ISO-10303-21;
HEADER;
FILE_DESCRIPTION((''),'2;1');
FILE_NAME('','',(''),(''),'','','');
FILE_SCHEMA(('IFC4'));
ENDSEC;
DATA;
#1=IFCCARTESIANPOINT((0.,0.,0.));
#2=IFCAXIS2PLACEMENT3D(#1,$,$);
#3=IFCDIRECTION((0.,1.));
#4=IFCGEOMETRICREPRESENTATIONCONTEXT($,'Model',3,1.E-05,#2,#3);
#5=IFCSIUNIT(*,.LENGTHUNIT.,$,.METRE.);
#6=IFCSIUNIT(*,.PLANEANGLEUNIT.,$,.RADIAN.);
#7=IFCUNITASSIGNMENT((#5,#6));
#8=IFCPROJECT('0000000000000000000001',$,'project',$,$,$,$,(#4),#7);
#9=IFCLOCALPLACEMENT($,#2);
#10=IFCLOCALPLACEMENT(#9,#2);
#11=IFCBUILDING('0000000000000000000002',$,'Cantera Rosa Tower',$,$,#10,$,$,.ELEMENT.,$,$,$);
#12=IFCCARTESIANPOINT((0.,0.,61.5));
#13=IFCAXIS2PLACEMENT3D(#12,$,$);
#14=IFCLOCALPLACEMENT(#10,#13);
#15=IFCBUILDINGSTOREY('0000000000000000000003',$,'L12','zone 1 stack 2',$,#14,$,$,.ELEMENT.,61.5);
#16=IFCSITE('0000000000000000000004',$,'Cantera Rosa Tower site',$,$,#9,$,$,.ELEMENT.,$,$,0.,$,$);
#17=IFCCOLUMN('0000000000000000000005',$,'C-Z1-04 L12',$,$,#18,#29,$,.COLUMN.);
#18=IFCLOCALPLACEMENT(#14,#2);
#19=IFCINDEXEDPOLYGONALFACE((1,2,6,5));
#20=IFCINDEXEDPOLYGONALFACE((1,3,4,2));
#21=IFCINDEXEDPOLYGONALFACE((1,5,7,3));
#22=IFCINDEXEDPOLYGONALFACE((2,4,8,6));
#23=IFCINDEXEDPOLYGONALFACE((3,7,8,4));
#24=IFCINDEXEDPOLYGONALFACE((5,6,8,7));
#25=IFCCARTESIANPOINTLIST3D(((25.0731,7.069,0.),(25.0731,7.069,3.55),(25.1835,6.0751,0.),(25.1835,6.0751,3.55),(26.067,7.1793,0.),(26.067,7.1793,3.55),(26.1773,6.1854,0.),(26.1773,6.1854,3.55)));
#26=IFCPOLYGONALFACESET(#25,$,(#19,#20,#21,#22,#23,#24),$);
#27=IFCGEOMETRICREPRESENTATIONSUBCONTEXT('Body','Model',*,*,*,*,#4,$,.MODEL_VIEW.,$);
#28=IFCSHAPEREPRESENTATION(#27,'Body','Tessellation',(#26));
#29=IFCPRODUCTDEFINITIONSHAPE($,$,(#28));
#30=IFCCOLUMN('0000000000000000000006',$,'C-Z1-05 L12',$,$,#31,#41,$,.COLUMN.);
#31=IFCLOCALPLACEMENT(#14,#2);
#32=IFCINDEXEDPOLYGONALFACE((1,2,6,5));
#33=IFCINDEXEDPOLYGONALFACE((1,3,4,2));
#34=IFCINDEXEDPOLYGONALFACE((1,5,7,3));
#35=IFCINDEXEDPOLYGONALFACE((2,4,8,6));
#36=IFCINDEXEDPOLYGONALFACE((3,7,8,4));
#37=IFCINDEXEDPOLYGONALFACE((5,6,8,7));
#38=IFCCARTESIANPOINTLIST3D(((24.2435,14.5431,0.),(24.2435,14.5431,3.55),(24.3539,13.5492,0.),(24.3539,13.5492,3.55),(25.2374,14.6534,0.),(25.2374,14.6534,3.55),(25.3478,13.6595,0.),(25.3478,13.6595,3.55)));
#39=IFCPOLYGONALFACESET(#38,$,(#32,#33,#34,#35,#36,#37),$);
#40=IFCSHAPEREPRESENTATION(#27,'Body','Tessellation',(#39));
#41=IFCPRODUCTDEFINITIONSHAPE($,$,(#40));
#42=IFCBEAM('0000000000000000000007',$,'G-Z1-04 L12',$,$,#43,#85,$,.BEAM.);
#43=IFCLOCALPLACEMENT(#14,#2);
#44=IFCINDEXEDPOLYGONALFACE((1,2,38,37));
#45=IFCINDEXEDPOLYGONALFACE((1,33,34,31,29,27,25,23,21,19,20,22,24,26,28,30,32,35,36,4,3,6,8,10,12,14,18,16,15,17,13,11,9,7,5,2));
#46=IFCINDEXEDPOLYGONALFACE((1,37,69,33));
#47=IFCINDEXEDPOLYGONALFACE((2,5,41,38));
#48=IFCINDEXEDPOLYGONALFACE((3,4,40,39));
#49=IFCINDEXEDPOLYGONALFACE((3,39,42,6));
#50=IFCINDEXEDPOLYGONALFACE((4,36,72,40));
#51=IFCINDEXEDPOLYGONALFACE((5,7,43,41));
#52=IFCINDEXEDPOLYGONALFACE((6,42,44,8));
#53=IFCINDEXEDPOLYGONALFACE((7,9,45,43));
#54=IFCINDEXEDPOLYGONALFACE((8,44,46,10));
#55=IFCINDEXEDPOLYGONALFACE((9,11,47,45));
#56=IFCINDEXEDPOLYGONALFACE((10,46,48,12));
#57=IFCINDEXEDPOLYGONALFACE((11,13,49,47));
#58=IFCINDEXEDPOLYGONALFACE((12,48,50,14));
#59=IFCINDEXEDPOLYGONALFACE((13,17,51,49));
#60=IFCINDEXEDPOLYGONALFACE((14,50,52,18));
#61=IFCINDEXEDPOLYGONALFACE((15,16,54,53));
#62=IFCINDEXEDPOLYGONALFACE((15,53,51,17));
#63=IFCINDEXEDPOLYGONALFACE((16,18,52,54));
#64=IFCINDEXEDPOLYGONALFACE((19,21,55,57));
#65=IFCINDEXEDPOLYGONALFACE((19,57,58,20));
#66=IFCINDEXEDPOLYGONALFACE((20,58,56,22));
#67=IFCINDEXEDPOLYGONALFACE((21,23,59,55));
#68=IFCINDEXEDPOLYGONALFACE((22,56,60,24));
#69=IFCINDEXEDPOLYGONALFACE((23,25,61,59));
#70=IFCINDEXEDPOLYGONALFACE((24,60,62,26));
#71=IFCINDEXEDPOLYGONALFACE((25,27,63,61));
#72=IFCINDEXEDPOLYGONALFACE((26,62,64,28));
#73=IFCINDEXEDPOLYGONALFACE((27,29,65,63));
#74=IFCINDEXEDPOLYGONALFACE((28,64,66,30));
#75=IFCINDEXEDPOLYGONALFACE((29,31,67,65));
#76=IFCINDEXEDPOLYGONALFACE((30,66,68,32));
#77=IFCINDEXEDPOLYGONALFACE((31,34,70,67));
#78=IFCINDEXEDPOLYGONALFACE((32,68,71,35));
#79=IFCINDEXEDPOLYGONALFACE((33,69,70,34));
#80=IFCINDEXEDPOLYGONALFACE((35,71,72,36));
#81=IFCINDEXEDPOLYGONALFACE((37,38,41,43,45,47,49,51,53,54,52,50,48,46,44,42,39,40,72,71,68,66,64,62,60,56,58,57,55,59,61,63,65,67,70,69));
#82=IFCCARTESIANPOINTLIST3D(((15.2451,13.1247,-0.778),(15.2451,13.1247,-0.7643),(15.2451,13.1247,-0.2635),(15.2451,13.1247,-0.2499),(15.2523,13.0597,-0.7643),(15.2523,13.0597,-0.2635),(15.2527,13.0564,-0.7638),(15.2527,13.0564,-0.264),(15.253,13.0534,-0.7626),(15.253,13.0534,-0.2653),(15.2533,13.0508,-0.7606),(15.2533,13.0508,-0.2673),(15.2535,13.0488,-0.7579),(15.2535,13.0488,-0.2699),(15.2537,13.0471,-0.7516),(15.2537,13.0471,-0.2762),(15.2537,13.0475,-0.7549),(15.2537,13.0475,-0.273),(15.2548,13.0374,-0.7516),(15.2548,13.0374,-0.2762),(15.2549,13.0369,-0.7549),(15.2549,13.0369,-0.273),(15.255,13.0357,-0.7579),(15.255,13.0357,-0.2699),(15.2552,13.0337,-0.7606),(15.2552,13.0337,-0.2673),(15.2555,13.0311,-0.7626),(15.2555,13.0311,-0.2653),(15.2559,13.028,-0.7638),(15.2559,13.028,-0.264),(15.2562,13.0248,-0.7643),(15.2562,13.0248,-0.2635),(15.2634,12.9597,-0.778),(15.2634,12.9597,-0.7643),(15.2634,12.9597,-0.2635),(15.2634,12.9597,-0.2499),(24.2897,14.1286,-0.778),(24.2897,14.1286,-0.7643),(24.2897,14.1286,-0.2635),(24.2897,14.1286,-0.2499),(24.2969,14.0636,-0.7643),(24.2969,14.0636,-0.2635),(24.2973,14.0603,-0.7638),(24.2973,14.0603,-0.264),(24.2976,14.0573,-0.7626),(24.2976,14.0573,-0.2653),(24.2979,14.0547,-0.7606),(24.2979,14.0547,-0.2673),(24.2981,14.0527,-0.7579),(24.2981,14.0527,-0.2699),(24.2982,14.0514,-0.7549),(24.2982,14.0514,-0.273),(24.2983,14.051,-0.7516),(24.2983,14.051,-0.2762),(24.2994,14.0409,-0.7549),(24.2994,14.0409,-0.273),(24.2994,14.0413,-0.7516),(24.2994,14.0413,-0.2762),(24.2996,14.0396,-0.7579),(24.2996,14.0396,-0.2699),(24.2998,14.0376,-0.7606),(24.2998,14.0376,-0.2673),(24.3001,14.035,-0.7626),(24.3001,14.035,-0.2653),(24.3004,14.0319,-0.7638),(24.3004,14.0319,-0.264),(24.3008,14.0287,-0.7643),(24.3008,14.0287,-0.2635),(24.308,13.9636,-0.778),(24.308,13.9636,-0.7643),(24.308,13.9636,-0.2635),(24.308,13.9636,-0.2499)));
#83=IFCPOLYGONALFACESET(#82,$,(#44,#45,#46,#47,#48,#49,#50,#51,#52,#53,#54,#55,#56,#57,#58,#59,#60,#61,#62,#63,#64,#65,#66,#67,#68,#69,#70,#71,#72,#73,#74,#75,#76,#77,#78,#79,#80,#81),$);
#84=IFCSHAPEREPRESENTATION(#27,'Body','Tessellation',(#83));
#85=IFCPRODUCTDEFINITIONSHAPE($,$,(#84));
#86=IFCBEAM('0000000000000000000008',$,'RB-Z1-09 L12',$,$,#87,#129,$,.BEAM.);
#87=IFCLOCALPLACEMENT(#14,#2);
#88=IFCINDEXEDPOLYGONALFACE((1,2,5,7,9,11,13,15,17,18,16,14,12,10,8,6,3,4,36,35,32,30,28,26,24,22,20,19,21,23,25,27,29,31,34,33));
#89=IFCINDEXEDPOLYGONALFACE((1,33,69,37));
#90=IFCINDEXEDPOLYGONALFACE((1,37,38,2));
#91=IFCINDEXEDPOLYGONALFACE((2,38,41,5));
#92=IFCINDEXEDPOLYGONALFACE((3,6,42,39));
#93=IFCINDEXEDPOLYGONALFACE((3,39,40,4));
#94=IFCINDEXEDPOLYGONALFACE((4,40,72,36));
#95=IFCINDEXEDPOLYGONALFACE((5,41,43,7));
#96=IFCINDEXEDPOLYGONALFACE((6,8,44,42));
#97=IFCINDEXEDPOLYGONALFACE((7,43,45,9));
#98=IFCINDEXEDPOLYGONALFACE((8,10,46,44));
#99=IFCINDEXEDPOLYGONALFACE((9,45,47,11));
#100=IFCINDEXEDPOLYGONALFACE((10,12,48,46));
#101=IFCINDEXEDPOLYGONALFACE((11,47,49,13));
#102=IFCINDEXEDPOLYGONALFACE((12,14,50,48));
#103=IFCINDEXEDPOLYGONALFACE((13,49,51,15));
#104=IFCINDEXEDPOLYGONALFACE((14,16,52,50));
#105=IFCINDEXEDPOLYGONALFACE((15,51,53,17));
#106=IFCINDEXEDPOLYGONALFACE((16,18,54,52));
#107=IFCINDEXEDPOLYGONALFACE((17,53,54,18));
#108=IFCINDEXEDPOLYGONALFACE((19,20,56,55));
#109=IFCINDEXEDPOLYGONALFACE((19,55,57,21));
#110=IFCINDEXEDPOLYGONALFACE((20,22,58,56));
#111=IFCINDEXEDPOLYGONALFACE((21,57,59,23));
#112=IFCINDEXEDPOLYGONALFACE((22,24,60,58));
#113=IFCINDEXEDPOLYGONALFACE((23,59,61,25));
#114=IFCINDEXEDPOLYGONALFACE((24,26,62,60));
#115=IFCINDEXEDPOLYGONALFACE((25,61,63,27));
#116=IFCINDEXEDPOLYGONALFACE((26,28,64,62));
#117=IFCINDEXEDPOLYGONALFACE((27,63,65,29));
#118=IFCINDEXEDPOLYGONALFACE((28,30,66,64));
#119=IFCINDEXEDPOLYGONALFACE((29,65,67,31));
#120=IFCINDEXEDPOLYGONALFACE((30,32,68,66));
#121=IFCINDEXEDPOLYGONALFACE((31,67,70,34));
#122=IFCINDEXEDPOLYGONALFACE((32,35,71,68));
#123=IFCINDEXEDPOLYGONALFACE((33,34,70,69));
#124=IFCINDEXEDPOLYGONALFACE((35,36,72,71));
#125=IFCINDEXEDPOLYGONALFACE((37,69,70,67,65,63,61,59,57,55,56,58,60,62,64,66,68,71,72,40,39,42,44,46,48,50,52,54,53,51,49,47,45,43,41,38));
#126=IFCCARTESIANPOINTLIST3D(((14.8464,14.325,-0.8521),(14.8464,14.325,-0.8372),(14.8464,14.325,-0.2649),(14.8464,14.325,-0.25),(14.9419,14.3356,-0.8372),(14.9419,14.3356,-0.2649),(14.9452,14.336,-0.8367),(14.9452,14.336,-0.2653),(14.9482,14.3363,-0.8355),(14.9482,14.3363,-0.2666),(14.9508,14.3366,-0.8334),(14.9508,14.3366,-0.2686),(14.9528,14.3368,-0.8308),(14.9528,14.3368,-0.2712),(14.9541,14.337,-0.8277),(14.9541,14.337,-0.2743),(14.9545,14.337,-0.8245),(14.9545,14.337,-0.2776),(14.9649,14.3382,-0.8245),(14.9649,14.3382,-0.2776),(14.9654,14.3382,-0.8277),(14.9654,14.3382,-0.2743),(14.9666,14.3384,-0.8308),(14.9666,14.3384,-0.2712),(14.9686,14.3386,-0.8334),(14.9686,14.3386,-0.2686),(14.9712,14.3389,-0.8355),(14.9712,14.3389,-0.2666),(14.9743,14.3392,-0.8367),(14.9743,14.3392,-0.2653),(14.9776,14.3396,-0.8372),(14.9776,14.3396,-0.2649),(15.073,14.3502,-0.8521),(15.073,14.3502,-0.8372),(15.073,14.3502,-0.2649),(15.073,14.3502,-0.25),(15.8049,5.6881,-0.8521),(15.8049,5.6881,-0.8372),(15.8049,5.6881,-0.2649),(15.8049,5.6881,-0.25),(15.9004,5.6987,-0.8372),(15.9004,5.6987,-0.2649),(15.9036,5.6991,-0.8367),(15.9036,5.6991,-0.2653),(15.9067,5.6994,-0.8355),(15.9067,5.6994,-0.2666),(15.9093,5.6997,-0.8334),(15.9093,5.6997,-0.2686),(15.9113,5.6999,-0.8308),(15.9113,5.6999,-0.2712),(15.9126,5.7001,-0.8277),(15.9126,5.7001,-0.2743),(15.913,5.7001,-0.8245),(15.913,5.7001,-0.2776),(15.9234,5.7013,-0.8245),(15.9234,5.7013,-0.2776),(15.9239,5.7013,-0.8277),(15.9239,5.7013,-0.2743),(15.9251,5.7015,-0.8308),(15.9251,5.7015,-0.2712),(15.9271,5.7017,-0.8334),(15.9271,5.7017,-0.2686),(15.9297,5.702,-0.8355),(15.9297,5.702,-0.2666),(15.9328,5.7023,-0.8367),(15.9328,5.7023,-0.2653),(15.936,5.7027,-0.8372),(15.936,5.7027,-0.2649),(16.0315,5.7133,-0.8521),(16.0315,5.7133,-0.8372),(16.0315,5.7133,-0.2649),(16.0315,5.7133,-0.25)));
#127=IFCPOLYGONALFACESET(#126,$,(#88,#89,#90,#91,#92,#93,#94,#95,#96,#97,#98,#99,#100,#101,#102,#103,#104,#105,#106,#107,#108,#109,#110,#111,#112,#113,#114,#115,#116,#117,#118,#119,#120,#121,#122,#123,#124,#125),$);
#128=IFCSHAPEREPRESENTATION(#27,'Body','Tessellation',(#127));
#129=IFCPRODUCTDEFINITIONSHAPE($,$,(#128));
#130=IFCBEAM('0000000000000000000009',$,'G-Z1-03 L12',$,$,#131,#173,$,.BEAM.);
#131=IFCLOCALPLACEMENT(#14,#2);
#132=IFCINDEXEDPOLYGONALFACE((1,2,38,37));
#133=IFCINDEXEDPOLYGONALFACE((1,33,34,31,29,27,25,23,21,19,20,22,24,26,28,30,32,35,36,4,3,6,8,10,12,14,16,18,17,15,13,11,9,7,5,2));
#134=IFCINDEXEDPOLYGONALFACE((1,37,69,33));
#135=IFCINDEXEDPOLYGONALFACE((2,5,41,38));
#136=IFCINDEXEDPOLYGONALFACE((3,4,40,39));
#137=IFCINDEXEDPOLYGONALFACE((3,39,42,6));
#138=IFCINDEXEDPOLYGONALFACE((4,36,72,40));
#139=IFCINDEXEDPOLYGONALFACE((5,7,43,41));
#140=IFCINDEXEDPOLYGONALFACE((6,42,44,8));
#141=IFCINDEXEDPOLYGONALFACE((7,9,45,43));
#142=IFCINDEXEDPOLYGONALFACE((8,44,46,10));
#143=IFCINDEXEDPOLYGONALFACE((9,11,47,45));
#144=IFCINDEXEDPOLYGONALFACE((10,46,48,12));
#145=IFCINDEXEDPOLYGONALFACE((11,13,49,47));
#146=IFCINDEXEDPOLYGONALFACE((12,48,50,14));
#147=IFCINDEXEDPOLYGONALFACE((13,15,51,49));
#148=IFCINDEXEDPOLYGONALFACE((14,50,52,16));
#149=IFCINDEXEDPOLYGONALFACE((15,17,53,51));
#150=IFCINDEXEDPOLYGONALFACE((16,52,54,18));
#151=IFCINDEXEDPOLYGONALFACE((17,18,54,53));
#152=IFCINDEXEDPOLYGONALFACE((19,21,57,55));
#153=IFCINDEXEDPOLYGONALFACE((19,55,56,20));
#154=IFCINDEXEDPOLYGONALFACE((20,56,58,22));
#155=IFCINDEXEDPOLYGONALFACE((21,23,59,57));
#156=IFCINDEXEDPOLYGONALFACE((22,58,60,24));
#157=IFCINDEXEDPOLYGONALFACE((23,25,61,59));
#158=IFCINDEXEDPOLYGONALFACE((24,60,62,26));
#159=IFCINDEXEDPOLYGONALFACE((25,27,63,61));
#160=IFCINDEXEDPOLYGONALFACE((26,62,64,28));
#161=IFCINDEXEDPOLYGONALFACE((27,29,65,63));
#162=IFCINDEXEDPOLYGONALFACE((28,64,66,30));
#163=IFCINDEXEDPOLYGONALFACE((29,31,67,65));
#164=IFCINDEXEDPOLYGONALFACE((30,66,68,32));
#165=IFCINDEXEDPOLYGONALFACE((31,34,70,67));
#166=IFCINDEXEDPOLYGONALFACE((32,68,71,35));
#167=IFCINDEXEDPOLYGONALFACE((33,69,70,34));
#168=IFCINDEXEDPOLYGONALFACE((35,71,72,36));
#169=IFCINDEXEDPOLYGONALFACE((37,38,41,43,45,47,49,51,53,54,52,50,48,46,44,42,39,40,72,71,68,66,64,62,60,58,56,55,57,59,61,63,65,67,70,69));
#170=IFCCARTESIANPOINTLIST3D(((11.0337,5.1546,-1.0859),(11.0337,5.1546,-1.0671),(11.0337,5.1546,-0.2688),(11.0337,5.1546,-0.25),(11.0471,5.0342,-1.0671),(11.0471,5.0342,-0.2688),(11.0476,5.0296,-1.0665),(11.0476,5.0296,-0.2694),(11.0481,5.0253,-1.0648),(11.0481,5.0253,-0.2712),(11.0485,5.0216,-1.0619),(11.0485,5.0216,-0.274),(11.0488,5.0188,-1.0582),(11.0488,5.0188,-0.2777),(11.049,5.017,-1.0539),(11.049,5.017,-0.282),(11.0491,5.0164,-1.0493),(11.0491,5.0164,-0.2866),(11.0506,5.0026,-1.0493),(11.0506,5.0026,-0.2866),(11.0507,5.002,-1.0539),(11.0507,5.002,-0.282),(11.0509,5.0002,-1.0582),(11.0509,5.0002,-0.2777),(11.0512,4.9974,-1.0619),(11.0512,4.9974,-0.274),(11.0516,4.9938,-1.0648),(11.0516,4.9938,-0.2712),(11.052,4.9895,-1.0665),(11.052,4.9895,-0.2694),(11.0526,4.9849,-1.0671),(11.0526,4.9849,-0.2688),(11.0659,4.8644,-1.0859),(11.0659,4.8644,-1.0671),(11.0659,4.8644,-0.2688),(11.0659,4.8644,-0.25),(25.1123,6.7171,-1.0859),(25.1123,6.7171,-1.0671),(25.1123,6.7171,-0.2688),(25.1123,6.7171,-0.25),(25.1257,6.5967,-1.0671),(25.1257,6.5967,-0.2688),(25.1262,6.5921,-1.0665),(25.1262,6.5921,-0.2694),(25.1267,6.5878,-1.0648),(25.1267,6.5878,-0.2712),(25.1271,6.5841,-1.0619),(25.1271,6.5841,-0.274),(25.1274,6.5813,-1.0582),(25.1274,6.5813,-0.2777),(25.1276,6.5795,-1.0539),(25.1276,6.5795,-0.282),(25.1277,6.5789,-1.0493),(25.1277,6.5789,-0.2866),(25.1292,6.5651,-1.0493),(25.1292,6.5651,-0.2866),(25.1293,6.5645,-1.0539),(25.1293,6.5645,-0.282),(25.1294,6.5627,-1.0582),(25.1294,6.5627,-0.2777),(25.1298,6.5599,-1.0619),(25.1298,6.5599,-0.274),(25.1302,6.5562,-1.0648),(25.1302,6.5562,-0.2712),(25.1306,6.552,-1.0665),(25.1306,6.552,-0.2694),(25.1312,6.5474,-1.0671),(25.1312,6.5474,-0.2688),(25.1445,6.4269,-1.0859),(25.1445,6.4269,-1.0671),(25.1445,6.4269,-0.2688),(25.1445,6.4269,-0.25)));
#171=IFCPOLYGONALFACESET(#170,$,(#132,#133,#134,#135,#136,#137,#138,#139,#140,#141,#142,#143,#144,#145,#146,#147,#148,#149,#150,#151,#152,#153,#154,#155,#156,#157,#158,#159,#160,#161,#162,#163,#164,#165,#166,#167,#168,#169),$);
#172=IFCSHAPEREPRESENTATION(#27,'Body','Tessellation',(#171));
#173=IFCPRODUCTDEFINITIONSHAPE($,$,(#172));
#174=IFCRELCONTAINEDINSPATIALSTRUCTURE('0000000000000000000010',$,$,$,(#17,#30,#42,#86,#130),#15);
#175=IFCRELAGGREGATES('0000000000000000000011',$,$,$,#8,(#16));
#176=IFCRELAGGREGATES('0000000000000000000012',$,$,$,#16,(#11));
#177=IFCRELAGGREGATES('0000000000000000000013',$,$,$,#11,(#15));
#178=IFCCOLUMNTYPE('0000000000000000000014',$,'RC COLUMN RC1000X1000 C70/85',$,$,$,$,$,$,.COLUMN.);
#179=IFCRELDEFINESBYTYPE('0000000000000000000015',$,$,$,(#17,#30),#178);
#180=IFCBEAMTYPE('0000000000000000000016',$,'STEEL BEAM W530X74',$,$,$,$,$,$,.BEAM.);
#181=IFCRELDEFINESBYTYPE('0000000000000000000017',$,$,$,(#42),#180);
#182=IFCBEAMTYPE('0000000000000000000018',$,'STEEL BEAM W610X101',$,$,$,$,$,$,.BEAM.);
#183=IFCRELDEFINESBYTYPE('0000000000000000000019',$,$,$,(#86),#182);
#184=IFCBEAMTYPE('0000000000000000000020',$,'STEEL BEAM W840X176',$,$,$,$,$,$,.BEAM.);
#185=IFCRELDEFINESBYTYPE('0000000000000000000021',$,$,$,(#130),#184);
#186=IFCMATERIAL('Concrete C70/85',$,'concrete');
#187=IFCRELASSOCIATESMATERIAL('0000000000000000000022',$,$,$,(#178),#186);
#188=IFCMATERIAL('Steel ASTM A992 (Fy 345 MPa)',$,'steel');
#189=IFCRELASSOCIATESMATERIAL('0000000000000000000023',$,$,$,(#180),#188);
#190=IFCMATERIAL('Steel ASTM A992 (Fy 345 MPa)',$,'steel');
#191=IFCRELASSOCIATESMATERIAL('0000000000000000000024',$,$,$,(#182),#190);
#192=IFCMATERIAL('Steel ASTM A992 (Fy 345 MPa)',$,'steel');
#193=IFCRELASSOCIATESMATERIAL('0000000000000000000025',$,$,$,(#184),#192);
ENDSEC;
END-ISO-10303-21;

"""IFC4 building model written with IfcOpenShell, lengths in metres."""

from ifc_helpers import new_model, si_unit, direction, frame, origin, origin_2d, place, context, subcontext, project, spatial, rectangle, i_section, extrude, material, material_profile, profile_set, type_object, element, save


model = new_model("IFC4")

# Units and contexts
model_context = context("Model", 3, precision=1e-05, world=origin(), true_north=direction((0.0, 1.0)))
body_context = subcontext(model_context, "Body", "Model", "MODEL_VIEW")
ifc_project = project(units=[si_unit("LENGTHUNIT", "METRE"), si_unit("PLANEANGLEUNIT", "RADIAN")], contexts=[model_context])

# Site, building, storey
site_placement = place(None, origin())
site = spatial("IfcSite", under=ifc_project, at=site_placement, Name="Cantera Rosa Tower site", CompositionType="ELEMENT", RefElevation=0.0)
building_placement = place(site_placement, origin())
building = spatial("IfcBuilding", under=site, at=building_placement, Name="Cantera Rosa Tower", CompositionType="ELEMENT")
storey_placement = place(building_placement, frame((0.0, 0.0, 61.5)))
storey = spatial("IfcBuildingStorey", under=building, at=storey_placement, Name="L12", Description="zone 1 stack 2", CompositionType="ELEMENT", Elevation=61.5)

# Columns
ifc_material_1 = material(Name="Concrete C70/85", Category="concrete")
ifc_material_profile_1 = material_profile(ifc_material_1, rectangle(XDim=1.0, YDim=1.0, at=origin_2d()), Name="RC COLUMN RC1000X1000 C70/85")
ifc_profile_set_1 = profile_set([ifc_material_profile_1], Name="Concrete C70/85")
column_type = type_object("IfcColumnType", Name="RC COLUMN RC1000X1000 C70/85", PredefinedType="COLUMN", material=ifc_profile_set_1)
for number, where, z_axis, x_axis, name in (
    (1, (25.6252, 6.6272, 0.0), (0.0, 0.0, 1.0), (0.993897, 0.110313, 0.0), "C-Z1-04 L12"),
    (2, (24.7957, 14.1013, 0.0), (0.0, 0.0, 1.0), (0.993897, 0.110313, 0.0), "C-Z1-05 L12"),
):
    element("IfcColumn", number, at=place(storey_placement, frame(where, z_axis=z_axis, x_axis=x_axis)), inside=storey, type_object=column_type, Name=name, PredefinedType="COLUMN", context=body_context, shape_type="SweptSolid", body=[
        extrude(rectangle(XDim=1.0, YDim=1.0, at=origin_2d()), origin(), (0.0, 0.0, 1.0), 3.55),
    ])

# Beams
ifc_material_2 = material(Name="Steel ASTM A992 (Fy 345 MPa)", Category="steel")
ifc_material_profile_2 = material_profile(ifc_material_2, i_section(OverallWidth=0.166, OverallDepth=0.5281, WebThickness=0.0098, FlangeThickness=0.0137, FilletRadius=0.0127, at=origin_2d()), Name="W530X74")
ifc_profile_set_2 = profile_set([ifc_material_profile_2], Name="Steel ASTM A992 (Fy 345 MPa)")
beam_type_1 = type_object("IfcBeamType", Name="STEEL BEAM W530X74", PredefinedType="BEAM", material=ifc_profile_set_2)
beam_1_placement = place(storey_placement, frame((24.2988, 14.0461, -0.5139), z_axis=(-0.993896, -0.11032, 0.0), x_axis=(0.11032, -0.993896, 0.0)))
element("IfcBeam", 3, at=beam_1_placement, inside=storey, type_object=beam_type_1, Name="G-Z1-04 L12", PredefinedType="BEAM", context=body_context, shape_type="SweptSolid", body=[
    extrude(i_section(OverallWidth=0.166, OverallDepth=0.5281, WebThickness=0.0098, FlangeThickness=0.0137, FilletRadius=0.0127, at=origin_2d()), origin(), (0.0, 0.0, 1.0), 9.1001),
])
ifc_material_3 = material(Name="Steel ASTM A992 (Fy 345 MPa)", Category="steel")
ifc_material_profile_3 = material_profile(ifc_material_3, i_section(OverallWidth=0.228, OverallDepth=0.6021, WebThickness=0.0105, FlangeThickness=0.0149, FilletRadius=0.0127, at=origin_2d()), Name="W610X101")
ifc_profile_set_3 = profile_set([ifc_material_profile_3], Name="Steel ASTM A992 (Fy 345 MPa)")
beam_type_2 = type_object("IfcBeamType", Name="STEEL BEAM W610X101", PredefinedType="BEAM", material=ifc_profile_set_3)
beam_2_placement = place(storey_placement, frame((15.9182, 5.7007, -0.551), z_axis=(-0.110299, 0.993898, 0.0), x_axis=(-0.993898, -0.110299, 0.0)))
element("IfcBeam", 4, at=beam_2_placement, inside=storey, type_object=beam_type_2, Name="RB-Z1-09 L12", PredefinedType="BEAM", context=body_context, shape_type="SweptSolid", body=[
    extrude(i_section(OverallWidth=0.228, OverallDepth=0.6021, WebThickness=0.0105, FlangeThickness=0.0149, FilletRadius=0.0127, at=origin_2d()), origin(), (0.0, 0.0, 1.0), 8.6899),
])
ifc_material_4 = material(Name="Steel ASTM A992 (Fy 345 MPa)", Category="steel")
ifc_material_profile_4 = material_profile(ifc_material_4, i_section(OverallWidth=0.292, OverallDepth=0.8359, WebThickness=0.0139, FlangeThickness=0.0188, FilletRadius=0.0178, at=origin_2d()), Name="W840X176")
ifc_profile_set_4 = profile_set([ifc_material_profile_4], Name="Steel ASTM A992 (Fy 345 MPa)")
beam_type_3 = type_object("IfcBeamType", Name="STEEL BEAM W840X176", PredefinedType="BEAM", material=ifc_profile_set_4)
beam_3_placement = place(storey_placement, frame((25.1284, 6.572, -0.668), z_axis=(-0.993898, -0.110307, 0.0), x_axis=(0.110307, -0.993898, 0.0)))
element("IfcBeam", 5, at=beam_3_placement, inside=storey, type_object=beam_type_3, Name="G-Z1-03 L12", PredefinedType="BEAM", context=body_context, shape_type="SweptSolid", body=[
    extrude(i_section(OverallWidth=0.292, OverallDepth=0.8359, WebThickness=0.0139, FlangeThickness=0.0188, FilletRadius=0.0178, at=origin_2d()), origin(), (0.0, 0.0, 1.0), 14.165),
])

save(model, "model.ifc")
